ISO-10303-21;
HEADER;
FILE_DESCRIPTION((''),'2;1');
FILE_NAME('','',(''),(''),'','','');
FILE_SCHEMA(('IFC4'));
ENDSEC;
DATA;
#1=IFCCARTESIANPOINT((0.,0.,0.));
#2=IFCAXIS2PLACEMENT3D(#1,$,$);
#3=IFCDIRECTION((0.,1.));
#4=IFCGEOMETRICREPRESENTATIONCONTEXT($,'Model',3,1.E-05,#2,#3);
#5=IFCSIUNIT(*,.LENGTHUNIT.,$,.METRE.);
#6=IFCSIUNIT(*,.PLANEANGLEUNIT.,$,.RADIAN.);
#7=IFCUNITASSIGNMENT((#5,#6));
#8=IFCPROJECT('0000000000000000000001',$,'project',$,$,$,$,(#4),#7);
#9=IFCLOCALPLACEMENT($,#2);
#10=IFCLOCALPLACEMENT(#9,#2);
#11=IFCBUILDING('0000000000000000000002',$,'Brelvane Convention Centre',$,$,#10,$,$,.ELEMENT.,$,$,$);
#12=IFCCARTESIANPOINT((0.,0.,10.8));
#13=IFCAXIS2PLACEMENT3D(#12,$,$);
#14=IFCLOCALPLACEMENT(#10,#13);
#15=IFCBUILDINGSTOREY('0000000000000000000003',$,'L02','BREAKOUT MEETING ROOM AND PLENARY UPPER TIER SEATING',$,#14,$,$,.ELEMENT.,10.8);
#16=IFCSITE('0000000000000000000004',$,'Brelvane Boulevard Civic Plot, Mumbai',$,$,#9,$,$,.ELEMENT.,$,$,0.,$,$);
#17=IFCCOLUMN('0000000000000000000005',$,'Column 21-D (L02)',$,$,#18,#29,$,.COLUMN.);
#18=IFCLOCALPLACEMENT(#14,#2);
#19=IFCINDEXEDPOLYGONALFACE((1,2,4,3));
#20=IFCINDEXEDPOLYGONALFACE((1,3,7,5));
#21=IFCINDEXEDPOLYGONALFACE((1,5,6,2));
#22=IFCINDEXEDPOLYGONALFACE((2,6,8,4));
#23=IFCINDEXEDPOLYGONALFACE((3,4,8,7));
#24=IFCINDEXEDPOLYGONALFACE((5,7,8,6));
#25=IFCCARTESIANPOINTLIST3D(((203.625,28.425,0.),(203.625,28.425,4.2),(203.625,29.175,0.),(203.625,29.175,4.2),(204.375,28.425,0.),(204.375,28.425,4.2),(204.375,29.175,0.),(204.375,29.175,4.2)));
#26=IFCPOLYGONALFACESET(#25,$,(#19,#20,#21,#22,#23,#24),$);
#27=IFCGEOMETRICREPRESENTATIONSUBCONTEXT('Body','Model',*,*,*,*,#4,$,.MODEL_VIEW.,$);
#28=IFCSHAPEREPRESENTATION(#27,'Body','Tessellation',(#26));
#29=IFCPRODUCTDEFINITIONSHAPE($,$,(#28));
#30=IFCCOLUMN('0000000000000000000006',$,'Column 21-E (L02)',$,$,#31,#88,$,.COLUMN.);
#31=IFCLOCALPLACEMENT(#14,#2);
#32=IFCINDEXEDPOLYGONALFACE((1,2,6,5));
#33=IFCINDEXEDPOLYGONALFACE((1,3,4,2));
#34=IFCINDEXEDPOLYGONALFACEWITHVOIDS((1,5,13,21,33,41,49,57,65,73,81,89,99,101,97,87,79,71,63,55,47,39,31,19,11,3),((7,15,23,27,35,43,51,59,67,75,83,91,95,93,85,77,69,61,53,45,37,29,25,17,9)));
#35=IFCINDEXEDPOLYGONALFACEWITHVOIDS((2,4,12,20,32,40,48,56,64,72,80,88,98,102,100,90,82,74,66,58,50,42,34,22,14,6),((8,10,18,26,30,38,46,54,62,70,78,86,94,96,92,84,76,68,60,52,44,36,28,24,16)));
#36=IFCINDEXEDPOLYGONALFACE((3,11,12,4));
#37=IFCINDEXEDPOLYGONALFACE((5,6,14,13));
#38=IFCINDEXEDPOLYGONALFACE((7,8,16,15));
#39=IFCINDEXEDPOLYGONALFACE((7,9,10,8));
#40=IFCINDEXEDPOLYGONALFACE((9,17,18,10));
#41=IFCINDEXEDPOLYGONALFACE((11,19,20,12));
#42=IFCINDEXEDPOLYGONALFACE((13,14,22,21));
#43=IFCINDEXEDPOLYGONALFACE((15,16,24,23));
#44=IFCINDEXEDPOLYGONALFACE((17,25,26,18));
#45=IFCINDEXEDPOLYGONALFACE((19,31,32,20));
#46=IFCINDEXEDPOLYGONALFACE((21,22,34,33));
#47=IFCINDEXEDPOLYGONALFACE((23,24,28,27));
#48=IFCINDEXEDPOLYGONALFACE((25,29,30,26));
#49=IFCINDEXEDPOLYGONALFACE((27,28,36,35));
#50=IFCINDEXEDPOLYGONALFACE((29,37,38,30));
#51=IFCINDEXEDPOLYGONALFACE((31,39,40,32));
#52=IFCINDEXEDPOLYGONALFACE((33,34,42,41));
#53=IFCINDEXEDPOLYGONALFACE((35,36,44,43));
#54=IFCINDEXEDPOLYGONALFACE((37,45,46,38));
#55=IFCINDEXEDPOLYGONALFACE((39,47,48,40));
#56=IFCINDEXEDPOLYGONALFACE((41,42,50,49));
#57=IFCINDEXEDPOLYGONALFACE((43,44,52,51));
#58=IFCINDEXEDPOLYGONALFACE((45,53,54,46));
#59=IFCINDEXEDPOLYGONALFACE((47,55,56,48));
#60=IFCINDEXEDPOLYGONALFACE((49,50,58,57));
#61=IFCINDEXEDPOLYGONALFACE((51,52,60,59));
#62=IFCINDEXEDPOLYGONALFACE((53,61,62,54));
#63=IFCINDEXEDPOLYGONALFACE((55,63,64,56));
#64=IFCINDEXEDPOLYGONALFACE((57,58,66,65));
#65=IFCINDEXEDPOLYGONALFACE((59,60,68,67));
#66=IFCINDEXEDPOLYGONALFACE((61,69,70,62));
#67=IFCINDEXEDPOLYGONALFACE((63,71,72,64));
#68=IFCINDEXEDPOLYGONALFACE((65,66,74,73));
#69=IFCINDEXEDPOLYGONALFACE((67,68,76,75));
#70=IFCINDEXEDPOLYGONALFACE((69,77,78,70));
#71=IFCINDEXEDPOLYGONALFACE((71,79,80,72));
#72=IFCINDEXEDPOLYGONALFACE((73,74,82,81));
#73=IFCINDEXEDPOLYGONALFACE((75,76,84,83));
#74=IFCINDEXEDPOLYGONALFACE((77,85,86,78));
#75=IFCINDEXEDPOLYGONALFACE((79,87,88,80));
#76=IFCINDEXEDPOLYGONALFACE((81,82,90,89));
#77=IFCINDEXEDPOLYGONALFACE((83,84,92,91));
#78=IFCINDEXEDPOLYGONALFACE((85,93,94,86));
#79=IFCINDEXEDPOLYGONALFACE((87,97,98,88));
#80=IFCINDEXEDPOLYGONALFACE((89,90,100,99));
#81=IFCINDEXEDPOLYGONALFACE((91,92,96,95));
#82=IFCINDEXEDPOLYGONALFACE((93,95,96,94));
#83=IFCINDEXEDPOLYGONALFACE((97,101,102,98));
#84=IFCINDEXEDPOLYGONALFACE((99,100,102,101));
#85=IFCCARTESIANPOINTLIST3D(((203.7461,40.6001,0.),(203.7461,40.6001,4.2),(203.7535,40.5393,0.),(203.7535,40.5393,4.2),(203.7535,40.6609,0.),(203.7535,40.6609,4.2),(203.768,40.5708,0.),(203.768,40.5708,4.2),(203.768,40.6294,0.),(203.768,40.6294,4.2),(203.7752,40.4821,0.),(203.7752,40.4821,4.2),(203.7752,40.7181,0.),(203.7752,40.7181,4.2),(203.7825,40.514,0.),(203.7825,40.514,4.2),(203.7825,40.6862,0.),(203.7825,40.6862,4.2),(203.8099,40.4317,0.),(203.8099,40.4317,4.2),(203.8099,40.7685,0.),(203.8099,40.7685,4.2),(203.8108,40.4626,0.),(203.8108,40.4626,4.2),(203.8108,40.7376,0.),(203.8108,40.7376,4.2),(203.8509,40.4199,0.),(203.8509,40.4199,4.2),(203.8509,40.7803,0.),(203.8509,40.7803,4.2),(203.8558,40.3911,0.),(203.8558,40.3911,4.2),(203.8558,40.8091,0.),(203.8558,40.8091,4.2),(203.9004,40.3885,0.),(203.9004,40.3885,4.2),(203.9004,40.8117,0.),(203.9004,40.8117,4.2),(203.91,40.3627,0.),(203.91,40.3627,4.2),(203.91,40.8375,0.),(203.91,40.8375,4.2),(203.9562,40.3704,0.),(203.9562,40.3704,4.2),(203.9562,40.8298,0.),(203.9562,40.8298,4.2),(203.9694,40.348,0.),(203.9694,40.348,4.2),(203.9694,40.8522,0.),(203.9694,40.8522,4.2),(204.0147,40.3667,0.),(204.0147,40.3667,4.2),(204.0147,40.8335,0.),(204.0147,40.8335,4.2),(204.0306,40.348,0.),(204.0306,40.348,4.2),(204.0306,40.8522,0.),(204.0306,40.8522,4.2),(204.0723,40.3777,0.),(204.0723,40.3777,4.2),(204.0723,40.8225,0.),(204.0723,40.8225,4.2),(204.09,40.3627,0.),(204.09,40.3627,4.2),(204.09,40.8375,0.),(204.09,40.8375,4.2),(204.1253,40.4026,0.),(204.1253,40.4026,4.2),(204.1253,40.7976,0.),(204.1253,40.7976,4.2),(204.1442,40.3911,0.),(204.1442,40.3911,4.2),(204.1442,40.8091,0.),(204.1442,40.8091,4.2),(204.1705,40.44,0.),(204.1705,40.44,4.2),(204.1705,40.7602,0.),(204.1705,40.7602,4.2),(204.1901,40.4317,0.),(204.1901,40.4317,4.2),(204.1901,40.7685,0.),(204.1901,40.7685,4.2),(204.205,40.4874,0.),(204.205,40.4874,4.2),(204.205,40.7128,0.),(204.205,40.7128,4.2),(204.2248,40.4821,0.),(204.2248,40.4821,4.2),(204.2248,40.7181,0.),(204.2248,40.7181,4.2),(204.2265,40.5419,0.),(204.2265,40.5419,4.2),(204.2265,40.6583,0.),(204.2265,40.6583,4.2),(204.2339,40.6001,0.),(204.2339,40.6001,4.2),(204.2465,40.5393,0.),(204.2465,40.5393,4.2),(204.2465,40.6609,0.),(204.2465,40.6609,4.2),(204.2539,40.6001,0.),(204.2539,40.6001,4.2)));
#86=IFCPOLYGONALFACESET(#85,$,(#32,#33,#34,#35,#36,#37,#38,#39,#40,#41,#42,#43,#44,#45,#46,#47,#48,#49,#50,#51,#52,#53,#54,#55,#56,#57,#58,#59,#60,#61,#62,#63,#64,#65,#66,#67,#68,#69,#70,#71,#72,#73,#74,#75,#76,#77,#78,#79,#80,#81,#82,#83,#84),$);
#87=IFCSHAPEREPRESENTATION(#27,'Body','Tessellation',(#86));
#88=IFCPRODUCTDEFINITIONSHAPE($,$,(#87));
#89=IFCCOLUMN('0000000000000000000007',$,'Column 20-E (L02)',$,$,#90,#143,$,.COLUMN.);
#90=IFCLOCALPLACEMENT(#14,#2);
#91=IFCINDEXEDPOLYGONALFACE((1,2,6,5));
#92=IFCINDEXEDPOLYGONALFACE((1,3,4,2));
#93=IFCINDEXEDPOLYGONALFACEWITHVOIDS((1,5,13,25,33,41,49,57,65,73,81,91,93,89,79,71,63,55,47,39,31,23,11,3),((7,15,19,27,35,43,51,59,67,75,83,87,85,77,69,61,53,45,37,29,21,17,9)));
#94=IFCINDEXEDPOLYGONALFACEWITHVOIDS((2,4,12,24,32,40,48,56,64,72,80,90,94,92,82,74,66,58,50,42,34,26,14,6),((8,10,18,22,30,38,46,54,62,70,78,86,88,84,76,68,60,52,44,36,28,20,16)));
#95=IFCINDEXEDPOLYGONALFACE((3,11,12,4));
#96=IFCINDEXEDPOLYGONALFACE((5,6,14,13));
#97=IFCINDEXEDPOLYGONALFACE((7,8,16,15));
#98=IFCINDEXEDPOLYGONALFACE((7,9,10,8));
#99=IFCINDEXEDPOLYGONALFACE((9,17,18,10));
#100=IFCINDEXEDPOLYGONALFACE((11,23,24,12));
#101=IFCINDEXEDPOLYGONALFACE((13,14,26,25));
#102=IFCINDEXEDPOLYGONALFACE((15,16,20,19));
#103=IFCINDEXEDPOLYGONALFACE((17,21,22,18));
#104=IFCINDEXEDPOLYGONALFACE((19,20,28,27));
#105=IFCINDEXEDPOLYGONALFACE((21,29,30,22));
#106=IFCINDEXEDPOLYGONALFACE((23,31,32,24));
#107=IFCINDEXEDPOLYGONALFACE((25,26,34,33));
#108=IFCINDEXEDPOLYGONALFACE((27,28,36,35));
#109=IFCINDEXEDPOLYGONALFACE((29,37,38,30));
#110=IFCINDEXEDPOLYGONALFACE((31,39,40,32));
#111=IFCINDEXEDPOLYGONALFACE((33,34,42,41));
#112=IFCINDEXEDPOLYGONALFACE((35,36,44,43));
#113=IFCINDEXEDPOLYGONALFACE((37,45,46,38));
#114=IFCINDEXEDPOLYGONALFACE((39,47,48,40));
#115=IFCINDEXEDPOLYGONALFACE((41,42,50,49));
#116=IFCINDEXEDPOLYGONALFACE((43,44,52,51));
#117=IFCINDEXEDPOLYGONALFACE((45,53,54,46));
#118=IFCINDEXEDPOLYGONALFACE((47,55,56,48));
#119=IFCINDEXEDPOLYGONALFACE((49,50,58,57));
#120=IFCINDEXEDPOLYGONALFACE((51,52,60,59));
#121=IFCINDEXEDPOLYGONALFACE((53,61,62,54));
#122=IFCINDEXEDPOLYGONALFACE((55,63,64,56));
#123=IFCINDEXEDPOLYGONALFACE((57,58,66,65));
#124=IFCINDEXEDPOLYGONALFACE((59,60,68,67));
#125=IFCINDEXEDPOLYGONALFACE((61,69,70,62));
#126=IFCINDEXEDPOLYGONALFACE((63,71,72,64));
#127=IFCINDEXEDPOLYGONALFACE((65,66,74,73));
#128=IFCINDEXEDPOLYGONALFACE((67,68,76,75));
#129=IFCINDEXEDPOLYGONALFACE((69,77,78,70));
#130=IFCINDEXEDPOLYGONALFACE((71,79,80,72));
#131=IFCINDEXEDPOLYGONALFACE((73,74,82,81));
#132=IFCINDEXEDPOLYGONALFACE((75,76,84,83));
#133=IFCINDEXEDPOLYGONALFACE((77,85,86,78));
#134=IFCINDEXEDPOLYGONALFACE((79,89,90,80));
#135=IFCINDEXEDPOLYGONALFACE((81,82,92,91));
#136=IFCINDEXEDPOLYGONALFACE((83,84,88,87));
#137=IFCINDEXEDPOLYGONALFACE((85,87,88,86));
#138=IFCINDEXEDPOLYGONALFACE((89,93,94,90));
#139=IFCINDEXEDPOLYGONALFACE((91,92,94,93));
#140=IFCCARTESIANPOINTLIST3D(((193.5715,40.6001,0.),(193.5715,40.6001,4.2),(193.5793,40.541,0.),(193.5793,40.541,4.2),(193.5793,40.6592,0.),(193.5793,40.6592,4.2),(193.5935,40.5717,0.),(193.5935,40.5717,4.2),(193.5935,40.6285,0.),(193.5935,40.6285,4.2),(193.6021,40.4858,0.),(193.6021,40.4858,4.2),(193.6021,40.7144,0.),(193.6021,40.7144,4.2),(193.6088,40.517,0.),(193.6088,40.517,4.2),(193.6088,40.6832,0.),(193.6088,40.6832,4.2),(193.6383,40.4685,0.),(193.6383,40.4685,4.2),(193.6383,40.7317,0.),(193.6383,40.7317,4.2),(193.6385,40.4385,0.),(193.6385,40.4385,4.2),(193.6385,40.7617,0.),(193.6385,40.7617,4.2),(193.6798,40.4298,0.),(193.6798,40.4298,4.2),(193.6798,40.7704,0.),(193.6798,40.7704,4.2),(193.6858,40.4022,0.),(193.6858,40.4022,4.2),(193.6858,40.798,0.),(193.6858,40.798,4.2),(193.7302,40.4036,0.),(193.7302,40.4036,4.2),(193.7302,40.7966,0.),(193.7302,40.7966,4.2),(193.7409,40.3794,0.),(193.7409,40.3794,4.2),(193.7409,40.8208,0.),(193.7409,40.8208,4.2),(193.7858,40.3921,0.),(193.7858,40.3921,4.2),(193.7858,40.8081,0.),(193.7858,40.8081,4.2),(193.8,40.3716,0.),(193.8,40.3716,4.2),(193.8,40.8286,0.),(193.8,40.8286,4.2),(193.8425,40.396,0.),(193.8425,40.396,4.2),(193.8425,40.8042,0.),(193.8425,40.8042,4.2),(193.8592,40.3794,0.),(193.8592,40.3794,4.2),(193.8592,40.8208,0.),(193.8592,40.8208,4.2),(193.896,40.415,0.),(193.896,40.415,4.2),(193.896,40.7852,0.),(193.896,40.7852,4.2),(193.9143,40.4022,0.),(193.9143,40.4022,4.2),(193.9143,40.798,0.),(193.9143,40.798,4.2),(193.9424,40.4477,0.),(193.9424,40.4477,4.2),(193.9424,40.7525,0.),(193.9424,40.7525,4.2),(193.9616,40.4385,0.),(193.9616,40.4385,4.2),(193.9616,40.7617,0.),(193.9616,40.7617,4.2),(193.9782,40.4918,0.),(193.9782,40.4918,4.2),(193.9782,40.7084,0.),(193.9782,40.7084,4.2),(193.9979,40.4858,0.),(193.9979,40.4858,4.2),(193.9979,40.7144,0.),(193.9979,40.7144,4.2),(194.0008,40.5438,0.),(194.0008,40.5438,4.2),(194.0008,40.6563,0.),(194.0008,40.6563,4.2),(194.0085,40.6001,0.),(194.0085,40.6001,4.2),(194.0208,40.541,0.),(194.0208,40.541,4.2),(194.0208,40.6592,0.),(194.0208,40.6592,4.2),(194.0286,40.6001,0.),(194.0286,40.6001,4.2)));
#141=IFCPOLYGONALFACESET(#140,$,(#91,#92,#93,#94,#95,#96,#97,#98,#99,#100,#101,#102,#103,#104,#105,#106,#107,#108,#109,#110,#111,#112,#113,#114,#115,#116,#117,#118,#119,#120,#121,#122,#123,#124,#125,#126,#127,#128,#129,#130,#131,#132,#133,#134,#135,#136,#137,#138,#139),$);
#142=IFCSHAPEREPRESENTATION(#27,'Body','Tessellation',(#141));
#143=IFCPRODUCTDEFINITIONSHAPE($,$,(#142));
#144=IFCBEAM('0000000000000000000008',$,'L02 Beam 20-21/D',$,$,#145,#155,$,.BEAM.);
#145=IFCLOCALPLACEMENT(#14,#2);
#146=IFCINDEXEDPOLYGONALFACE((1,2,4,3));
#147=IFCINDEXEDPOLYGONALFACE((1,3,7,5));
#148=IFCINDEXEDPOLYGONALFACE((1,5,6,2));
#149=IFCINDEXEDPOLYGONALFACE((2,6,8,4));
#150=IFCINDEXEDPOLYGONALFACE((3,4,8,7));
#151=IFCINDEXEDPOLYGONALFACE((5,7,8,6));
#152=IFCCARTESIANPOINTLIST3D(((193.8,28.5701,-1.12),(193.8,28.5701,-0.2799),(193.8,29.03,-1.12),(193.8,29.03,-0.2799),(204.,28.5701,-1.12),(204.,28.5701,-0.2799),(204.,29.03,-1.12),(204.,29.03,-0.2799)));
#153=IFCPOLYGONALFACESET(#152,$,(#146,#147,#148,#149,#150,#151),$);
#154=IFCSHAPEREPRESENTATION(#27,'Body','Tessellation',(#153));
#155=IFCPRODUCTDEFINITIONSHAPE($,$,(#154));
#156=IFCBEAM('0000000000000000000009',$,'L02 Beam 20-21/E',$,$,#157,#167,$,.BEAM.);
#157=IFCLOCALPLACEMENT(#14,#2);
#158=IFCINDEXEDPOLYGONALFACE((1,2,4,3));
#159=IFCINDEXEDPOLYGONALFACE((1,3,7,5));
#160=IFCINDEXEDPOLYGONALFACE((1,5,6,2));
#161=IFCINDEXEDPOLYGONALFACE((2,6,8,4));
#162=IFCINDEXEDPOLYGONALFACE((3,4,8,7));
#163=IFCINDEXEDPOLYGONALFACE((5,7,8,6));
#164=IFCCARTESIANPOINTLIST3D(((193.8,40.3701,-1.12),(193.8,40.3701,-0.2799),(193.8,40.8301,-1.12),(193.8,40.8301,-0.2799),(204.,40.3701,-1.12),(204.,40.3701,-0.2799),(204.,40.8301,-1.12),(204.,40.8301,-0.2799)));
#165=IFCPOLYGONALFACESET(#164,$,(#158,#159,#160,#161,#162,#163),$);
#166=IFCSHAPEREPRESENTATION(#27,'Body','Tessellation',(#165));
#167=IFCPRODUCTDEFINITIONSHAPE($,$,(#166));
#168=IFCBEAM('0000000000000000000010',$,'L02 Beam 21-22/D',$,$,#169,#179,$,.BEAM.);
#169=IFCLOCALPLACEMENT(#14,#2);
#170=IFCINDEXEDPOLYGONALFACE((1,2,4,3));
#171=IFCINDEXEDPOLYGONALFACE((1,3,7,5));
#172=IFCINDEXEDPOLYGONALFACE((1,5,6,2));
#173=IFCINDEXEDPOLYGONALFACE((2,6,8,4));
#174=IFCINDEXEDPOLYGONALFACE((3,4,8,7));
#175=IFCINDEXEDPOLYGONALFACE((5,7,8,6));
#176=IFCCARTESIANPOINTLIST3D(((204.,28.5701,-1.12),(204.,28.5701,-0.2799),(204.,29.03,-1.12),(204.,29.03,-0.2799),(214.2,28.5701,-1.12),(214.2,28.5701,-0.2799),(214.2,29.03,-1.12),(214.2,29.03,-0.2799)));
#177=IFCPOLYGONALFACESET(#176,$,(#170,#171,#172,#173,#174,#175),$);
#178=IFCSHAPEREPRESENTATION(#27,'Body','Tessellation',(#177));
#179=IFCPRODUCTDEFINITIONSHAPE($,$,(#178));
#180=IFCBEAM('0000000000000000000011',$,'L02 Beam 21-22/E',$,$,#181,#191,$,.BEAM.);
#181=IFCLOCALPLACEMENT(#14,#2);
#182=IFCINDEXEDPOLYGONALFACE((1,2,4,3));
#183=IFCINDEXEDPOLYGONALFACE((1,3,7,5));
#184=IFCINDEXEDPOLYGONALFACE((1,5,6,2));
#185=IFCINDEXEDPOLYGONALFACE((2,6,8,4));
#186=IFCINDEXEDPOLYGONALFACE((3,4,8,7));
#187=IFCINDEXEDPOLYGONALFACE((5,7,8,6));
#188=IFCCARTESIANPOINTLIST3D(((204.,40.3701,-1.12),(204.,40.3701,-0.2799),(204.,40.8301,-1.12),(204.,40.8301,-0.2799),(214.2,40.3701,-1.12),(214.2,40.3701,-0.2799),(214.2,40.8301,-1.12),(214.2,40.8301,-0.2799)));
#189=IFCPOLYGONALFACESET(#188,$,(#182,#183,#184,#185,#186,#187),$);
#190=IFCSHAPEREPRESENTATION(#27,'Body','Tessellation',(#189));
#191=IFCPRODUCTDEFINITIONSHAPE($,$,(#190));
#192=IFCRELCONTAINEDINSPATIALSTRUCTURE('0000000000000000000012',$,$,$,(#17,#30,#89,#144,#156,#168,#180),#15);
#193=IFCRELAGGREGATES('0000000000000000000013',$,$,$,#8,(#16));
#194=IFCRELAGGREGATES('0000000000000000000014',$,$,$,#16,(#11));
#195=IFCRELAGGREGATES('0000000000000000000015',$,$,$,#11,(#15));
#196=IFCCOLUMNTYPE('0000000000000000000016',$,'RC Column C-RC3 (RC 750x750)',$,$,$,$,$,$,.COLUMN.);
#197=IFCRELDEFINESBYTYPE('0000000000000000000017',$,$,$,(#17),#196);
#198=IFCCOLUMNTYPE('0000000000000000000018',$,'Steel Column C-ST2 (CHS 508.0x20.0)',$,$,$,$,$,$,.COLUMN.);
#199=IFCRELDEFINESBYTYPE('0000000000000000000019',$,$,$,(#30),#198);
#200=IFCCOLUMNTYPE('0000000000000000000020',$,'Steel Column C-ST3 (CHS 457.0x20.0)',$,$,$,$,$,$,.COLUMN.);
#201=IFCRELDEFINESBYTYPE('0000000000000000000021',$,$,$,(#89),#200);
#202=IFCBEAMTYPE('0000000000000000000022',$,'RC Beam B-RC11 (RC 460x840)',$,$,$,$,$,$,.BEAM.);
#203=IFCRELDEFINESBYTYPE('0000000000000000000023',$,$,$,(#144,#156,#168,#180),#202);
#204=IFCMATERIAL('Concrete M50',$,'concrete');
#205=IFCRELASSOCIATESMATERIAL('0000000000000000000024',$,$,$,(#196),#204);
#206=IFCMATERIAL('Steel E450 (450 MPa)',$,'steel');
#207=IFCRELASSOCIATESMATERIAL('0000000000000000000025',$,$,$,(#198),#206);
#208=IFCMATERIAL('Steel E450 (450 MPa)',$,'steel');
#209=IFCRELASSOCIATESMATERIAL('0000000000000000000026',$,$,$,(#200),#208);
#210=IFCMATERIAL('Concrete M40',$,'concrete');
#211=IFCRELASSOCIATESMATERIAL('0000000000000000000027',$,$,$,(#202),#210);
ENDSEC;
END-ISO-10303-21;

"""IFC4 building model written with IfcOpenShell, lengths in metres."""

from ifc_helpers import new_model, si_unit, direction, frame, origin, origin_2d, place, context, subcontext, project, spatial, rectangle, hollow_circle, extrude, material, material_profile, profile_set, type_object, element, save


model = new_model("IFC4")

# Units and contexts
model_context = context("Model", 3, precision=1e-05, world=origin(), true_north=direction((0.0, 1.0)))
body_context = subcontext(model_context, "Body", "Model", "MODEL_VIEW")
ifc_project = project(units=[si_unit("LENGTHUNIT", "METRE"), si_unit("PLANEANGLEUNIT", "RADIAN")], contexts=[model_context])

# Site, building, storey
site_placement = place(None, origin())
site = spatial("IfcSite", under=ifc_project, at=site_placement, Name="Brelvane Boulevard Civic Plot, Mumbai", CompositionType="ELEMENT", RefElevation=0.0)
building_placement = place(site_placement, origin())
building = spatial("IfcBuilding", under=site, at=building_placement, Name="Brelvane Convention Centre", CompositionType="ELEMENT")
storey_placement = place(building_placement, frame((0.0, 0.0, 10.8)))
storey = spatial("IfcBuildingStorey", under=building, at=storey_placement, Name="L02", Description="BREAKOUT MEETING ROOM AND PLENARY UPPER TIER SEATING", CompositionType="ELEMENT", Elevation=10.8)

# Columns
ifc_material_1 = material(Name="Concrete M50", Category="concrete")
ifc_material_profile_1 = material_profile(ifc_material_1, rectangle(XDim=0.75, YDim=0.75, at=origin_2d()), Name="RC 750x750")
ifc_profile_set_1 = profile_set([ifc_material_profile_1], Name="Concrete M50")
column_type_1 = type_object("IfcColumnType", Name="RC Column C-RC3 (RC 750x750)", PredefinedType="COLUMN", material=ifc_profile_set_1)
column_1_placement = place(storey_placement, frame((204.0, 28.8, 0.0), z_axis=(0.0, 0.0, 1.0), x_axis=(1.0, 0.0, 0.0)))
element("IfcColumn", 1, at=column_1_placement, inside=storey, type_object=column_type_1, Name="Column 21-D (L02)", PredefinedType="COLUMN", context=body_context, shape_type="SweptSolid", body=[
    extrude(rectangle(XDim=0.75, YDim=0.75, at=origin_2d()), origin(), (0.0, 0.0, 1.0), 4.2),
])
ifc_material_2 = material(Name="Steel E450 (450 MPa)", Category="steel")
ifc_material_profile_2 = material_profile(ifc_material_2, hollow_circle(Radius=0.2539, WallThickness=0.02, at=origin_2d()), Name="CHS 508.0x20.0")
ifc_profile_set_2 = profile_set([ifc_material_profile_2], Name="Steel E450 (450 MPa)")
column_type_2 = type_object("IfcColumnType", Name="Steel Column C-ST2 (CHS 508.0x20.0)", PredefinedType="COLUMN", material=ifc_profile_set_2)
column_2_placement = place(storey_placement, frame((204.0, 40.6001, 0.0), z_axis=(0.0, 0.0, 1.0), x_axis=(1.0, 0.0, 0.0)))
element("IfcColumn", 2, at=column_2_placement, inside=storey, type_object=column_type_2, Name="Column 21-E (L02)", PredefinedType="COLUMN", context=body_context, shape_type="SweptSolid", body=[
    extrude(hollow_circle(Radius=0.2539, WallThickness=0.02, at=origin_2d()), origin(), (0.0, 0.0, 1.0), 4.2),
])
ifc_material_3 = material(Name="Steel E450 (450 MPa)", Category="steel")
ifc_material_profile_3 = material_profile(ifc_material_3, hollow_circle(Radius=0.2285, WallThickness=0.02, at=origin_2d()), Name="CHS 457.0x20.0")
ifc_profile_set_3 = profile_set([ifc_material_profile_3], Name="Steel E450 (450 MPa)")
column_type_3 = type_object("IfcColumnType", Name="Steel Column C-ST3 (CHS 457.0x20.0)", PredefinedType="COLUMN", material=ifc_profile_set_3)
column_3_placement = place(storey_placement, frame((193.8, 40.6001, 0.0), z_axis=(0.0, 0.0, 1.0), x_axis=(1.0, 0.0, 0.0)))
element("IfcColumn", 3, at=column_3_placement, inside=storey, type_object=column_type_3, Name="Column 20-E (L02)", PredefinedType="COLUMN", context=body_context, shape_type="SweptSolid", body=[
    extrude(hollow_circle(Radius=0.2285, WallThickness=0.02, at=origin_2d()), origin(), (0.0, 0.0, 1.0), 4.2),
])

# Beams
ifc_material_4 = material(Name="Concrete M40", Category="concrete")
ifc_material_profile_4 = material_profile(ifc_material_4, rectangle(XDim=0.46, YDim=0.8401, at=origin_2d()), Name="RC 460x840")
ifc_profile_set_4 = profile_set([ifc_material_profile_4], Name="Concrete M40")
beam_type_1 = type_object("IfcBeamType", Name="RC Beam B-RC11 (RC 460x840)", PredefinedType="BEAM", material=ifc_profile_set_4)
for number, where, z_axis, x_axis, name in (
    (4, (193.8, 28.8, -0.7), (1.0, 0.0, 0.0), (0.0, 1.0, 0.0), "L02 Beam 20-21/D"),
    (5, (193.8, 40.6001, -0.7), (1.0, 0.0, 0.0), (0.0, 1.0, 0.0), "L02 Beam 20-21/E"),
    (6, (204.0, 28.8, -0.7), (1.0, 0.0, 0.0), (0.0, 1.0, 0.0), "L02 Beam 21-22/D"),
    (7, (204.0, 40.6001, -0.7), (1.0, 0.0, 0.0), (0.0, 1.0, 0.0), "L02 Beam 21-22/E"),
):
    element("IfcBeam", number, at=place(storey_placement, frame(where, z_axis=z_axis, x_axis=x_axis)), inside=storey, type_object=beam_type_1, Name=name, PredefinedType="BEAM", context=body_context, shape_type="SweptSolid", body=[
        extrude(rectangle(XDim=0.46, YDim=0.8401, at=origin_2d()), origin(), (0.0, 0.0, 1.0), 10.2),
    ])

save(model, "model.ifc")
